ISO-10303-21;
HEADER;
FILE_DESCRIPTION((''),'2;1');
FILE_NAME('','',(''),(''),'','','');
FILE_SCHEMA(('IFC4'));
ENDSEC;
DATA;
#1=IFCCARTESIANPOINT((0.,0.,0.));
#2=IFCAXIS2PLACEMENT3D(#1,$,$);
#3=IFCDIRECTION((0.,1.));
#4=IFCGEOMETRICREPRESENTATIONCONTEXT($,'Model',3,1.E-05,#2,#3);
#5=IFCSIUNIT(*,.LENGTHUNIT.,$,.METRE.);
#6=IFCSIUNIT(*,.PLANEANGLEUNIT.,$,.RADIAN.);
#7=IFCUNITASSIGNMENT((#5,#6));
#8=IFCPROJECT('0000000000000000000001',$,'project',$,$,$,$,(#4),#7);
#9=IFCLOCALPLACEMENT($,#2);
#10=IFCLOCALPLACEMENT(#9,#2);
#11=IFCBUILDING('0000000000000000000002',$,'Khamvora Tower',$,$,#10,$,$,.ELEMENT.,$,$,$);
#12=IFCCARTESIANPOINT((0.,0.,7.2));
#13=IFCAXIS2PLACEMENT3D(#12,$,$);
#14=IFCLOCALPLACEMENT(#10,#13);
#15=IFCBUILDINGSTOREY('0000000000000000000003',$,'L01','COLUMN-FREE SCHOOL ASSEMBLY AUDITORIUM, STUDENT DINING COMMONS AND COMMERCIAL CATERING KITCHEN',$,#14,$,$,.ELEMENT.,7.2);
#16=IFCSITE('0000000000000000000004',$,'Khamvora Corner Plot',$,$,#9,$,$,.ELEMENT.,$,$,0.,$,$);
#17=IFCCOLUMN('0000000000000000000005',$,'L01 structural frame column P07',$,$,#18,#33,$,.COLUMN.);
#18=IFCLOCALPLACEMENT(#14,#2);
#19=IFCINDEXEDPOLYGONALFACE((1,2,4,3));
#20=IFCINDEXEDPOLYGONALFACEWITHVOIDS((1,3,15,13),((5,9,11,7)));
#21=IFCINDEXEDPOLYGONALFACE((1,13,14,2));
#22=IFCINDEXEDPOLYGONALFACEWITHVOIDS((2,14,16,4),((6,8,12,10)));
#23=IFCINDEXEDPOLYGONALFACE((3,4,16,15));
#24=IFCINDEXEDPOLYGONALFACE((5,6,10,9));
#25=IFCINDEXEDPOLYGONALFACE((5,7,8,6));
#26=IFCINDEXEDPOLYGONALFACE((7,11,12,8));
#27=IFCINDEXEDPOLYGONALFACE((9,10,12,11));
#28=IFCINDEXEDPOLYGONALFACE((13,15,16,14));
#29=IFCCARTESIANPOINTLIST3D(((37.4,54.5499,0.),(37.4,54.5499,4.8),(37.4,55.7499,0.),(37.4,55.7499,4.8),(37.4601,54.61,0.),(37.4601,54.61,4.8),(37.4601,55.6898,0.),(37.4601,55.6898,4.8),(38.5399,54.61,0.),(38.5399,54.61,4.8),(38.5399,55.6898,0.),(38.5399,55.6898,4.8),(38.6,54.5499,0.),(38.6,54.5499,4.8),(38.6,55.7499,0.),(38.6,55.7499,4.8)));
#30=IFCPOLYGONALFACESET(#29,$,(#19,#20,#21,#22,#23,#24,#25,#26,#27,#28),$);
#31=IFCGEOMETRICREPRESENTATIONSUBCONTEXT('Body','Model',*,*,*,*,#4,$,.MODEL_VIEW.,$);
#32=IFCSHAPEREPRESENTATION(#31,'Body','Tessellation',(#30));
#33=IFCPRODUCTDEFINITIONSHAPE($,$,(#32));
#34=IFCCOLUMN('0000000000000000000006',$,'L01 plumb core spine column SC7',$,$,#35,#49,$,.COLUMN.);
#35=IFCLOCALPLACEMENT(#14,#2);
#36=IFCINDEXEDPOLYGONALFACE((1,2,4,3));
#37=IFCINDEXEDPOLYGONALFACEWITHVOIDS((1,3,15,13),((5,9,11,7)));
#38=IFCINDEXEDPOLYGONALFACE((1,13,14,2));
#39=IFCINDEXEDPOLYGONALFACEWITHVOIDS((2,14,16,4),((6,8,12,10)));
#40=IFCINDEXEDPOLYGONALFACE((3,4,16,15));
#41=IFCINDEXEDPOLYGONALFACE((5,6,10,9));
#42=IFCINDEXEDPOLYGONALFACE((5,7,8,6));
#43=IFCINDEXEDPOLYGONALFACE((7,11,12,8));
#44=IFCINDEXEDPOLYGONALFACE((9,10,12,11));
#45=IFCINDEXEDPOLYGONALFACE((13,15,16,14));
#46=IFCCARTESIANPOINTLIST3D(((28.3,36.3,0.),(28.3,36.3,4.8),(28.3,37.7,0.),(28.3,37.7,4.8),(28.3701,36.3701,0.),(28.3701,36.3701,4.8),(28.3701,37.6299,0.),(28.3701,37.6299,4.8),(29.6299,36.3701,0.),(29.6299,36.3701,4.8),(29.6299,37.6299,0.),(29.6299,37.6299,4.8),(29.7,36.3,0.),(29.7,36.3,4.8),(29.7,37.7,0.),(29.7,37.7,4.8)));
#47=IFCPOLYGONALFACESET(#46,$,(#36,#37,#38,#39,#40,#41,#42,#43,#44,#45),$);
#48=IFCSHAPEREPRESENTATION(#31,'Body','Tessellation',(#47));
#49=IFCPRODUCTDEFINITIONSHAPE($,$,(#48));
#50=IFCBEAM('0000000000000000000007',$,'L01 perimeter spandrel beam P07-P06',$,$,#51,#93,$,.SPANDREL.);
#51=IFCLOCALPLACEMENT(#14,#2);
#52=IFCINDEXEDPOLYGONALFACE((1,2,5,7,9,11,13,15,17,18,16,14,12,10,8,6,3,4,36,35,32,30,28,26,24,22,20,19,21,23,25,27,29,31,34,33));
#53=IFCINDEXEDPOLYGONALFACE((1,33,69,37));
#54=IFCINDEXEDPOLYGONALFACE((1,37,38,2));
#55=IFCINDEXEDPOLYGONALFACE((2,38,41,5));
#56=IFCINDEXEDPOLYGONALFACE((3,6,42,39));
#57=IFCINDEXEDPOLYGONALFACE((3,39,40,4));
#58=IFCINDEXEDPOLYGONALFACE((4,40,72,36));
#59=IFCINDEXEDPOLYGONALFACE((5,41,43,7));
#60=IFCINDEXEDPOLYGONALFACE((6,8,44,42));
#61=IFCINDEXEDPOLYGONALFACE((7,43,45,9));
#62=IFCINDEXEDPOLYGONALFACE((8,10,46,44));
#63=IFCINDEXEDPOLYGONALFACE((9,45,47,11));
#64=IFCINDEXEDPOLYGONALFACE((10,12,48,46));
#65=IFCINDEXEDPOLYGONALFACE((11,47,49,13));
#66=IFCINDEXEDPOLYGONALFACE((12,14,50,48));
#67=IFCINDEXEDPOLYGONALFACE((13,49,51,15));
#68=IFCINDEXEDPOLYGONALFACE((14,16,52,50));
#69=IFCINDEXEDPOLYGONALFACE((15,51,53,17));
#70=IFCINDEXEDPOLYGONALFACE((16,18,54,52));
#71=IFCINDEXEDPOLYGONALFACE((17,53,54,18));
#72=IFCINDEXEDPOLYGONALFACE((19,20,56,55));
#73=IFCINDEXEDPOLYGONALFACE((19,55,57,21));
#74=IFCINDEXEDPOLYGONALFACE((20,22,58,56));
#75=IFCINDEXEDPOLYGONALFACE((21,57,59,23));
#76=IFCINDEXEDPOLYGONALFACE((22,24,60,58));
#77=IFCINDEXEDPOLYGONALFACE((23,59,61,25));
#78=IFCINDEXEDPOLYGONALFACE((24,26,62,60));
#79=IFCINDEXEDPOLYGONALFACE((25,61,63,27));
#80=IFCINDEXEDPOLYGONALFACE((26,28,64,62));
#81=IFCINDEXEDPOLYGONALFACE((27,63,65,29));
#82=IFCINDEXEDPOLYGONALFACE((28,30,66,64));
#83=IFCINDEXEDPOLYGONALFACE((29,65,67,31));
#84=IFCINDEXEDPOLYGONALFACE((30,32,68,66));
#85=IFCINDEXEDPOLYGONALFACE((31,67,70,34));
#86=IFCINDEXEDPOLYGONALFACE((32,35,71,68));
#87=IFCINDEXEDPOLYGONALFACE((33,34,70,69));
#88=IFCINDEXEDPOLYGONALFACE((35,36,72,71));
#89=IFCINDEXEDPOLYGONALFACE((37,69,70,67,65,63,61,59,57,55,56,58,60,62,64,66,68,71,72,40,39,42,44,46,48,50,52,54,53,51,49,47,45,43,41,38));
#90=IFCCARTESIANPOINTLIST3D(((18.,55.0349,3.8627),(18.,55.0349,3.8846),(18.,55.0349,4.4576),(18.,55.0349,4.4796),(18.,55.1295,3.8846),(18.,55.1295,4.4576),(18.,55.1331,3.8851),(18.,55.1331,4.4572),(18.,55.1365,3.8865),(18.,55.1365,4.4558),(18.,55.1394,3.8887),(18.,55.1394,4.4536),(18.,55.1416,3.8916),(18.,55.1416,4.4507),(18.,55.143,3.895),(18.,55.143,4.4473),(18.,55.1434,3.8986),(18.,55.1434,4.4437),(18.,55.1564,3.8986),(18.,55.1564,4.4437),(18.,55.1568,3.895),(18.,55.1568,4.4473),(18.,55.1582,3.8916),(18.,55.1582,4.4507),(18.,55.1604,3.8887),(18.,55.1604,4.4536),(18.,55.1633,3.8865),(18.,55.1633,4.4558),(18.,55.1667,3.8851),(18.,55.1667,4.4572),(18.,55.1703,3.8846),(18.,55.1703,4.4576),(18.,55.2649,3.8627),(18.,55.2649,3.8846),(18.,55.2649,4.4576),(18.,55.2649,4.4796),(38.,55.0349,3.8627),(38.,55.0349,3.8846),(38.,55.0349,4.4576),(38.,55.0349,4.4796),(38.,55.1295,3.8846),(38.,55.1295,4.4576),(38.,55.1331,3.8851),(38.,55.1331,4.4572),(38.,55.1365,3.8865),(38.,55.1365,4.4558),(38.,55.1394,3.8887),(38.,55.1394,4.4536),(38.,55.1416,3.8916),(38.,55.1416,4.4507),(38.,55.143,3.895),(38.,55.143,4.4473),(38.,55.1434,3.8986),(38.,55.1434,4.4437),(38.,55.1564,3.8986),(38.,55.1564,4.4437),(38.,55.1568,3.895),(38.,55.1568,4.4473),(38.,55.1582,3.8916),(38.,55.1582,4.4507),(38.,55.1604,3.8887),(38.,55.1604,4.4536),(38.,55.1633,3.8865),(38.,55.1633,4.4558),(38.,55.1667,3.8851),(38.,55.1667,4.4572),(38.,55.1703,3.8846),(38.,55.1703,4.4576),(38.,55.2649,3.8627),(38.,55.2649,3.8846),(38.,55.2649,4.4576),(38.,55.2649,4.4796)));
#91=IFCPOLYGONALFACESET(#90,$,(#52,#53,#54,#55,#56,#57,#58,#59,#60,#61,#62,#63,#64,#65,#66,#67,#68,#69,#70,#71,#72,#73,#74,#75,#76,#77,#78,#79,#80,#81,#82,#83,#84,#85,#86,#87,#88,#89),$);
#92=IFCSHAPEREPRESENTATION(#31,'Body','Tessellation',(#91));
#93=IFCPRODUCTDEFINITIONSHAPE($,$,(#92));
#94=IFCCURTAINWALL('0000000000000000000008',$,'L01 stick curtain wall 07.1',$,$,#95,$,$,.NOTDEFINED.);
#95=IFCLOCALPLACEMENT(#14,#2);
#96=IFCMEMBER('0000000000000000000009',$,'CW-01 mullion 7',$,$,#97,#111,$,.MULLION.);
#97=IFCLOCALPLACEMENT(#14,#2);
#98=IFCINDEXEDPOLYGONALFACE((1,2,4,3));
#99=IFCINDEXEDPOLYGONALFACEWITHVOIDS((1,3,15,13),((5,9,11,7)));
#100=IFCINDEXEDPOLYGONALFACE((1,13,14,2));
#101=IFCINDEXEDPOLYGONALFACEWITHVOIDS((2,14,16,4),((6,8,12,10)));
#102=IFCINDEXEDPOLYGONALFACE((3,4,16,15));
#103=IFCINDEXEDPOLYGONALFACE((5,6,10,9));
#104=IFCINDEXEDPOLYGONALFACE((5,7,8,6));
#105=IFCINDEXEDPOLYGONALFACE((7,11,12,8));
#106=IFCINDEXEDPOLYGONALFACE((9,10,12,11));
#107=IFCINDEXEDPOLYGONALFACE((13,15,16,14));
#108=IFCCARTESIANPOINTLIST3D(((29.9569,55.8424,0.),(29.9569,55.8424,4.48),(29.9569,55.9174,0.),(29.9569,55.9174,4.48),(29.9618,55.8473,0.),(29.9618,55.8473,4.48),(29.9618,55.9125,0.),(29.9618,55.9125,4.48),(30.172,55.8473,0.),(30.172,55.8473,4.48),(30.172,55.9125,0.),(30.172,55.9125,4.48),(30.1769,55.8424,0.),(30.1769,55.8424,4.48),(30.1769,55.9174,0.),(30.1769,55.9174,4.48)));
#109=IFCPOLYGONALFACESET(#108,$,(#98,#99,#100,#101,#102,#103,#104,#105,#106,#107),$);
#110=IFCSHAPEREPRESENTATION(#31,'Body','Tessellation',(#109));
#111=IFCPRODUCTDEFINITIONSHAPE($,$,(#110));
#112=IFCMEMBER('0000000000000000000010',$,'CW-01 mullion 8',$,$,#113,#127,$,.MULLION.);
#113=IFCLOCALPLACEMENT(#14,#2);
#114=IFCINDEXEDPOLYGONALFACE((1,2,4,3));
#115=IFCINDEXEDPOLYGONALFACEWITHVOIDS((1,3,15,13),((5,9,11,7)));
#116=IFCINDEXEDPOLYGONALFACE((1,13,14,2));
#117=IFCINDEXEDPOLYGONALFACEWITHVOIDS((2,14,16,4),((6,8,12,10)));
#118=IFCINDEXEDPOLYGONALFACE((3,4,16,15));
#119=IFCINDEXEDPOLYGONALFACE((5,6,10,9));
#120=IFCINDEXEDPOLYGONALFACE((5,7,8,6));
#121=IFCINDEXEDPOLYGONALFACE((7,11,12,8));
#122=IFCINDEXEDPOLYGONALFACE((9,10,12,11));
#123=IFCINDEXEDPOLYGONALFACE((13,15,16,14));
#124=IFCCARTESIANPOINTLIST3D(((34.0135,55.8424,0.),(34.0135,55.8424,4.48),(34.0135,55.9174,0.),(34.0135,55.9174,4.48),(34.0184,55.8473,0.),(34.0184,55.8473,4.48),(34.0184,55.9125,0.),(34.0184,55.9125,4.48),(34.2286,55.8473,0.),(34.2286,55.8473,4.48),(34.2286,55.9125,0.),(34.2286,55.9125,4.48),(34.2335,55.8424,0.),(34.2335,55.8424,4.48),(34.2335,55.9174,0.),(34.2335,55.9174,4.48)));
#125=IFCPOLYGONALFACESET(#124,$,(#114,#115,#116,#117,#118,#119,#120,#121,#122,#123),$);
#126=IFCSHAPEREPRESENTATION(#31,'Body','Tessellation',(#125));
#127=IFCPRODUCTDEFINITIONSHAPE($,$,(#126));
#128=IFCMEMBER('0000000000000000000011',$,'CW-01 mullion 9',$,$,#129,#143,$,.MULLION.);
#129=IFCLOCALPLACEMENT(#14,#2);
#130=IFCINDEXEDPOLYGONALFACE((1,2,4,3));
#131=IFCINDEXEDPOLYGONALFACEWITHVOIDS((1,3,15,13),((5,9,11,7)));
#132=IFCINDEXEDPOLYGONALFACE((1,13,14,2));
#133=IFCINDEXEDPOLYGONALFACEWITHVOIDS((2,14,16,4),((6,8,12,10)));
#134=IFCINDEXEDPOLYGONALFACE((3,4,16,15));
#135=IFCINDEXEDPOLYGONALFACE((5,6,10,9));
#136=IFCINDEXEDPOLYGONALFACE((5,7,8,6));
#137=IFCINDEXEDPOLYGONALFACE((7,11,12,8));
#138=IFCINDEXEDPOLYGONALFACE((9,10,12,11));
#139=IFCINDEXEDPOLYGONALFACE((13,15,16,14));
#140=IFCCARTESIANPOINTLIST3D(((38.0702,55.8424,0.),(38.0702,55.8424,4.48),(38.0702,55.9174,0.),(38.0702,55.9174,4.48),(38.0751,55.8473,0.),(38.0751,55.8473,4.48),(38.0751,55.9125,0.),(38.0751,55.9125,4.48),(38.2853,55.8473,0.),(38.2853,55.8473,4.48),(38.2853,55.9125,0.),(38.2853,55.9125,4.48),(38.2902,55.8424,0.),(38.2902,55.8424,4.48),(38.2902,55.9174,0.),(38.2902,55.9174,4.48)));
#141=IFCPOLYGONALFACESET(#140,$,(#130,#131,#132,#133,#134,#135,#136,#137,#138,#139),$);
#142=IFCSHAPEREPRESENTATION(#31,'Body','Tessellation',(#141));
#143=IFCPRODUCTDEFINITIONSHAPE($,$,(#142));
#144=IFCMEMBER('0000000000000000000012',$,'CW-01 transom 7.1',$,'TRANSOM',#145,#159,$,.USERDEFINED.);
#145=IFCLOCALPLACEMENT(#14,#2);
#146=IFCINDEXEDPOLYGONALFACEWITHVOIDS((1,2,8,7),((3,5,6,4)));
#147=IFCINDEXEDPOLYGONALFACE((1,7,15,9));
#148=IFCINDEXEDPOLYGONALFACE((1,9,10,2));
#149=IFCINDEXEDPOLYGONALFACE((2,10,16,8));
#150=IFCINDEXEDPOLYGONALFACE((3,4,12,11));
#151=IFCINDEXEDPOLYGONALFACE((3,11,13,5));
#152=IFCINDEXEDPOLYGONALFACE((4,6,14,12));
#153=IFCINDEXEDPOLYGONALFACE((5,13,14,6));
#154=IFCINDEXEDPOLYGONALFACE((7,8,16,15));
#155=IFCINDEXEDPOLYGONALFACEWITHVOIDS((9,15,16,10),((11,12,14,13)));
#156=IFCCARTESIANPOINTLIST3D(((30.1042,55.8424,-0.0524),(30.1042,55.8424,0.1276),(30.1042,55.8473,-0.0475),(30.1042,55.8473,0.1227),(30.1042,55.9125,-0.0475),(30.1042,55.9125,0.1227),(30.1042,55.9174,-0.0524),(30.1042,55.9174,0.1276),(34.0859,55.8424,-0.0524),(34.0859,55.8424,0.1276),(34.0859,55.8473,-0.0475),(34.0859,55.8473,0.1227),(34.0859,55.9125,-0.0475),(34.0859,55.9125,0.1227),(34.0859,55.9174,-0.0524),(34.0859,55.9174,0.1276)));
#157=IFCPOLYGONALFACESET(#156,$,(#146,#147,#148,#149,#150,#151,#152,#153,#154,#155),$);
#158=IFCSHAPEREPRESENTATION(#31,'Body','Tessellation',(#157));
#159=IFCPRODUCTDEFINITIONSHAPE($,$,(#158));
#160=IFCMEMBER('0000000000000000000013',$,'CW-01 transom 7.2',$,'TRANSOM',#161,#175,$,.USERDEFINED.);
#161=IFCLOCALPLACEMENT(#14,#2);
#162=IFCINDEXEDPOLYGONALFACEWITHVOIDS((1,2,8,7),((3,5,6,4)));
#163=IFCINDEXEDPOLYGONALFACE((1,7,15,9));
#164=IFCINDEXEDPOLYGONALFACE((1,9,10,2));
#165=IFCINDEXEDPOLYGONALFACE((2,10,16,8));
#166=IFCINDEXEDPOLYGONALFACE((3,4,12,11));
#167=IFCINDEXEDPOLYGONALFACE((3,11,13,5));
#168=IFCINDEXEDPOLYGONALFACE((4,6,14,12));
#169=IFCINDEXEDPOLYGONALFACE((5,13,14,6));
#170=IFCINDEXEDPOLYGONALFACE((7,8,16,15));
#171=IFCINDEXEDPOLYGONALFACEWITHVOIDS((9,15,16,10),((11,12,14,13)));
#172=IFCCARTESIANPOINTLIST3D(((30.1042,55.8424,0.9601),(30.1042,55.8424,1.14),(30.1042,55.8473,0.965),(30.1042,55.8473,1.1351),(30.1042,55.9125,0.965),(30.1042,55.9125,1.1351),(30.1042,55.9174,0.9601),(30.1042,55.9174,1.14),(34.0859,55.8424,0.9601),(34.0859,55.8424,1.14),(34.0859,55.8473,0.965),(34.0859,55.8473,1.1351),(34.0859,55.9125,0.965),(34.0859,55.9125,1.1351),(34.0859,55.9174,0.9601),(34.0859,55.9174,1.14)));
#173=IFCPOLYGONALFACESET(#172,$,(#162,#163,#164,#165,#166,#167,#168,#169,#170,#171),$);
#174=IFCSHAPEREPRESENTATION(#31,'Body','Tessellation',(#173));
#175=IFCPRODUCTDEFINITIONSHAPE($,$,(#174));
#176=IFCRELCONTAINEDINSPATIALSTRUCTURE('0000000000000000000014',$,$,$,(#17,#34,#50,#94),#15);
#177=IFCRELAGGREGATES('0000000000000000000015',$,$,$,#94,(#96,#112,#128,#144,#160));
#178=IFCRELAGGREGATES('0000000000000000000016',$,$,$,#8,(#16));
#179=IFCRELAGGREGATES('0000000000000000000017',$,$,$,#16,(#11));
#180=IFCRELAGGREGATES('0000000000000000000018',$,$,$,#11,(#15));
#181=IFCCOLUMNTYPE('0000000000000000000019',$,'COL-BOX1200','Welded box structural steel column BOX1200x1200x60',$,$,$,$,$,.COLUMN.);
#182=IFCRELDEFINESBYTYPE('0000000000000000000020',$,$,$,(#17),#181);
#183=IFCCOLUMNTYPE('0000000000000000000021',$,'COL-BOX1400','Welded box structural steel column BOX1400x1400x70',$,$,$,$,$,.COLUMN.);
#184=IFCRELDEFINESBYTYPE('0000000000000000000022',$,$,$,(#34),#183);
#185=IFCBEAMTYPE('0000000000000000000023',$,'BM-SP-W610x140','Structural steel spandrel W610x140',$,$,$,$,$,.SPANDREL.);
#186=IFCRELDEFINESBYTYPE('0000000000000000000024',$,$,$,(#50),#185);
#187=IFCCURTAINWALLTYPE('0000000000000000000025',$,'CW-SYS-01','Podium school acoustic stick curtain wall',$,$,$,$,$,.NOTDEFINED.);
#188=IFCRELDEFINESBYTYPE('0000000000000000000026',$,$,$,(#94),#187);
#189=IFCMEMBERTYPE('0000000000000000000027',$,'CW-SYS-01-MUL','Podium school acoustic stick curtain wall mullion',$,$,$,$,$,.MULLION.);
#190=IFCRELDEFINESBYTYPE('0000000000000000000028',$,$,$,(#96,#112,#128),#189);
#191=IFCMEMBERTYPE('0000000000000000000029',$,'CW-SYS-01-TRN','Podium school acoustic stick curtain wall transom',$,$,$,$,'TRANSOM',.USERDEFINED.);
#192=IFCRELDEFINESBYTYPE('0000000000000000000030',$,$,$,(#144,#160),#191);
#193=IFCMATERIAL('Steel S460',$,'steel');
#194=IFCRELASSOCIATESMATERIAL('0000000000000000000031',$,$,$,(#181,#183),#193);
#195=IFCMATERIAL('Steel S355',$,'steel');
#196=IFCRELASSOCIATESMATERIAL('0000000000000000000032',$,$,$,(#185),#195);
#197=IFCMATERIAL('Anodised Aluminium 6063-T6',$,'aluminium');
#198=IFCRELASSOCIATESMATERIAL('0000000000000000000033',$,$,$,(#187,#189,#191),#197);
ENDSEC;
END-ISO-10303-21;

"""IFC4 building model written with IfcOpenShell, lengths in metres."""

from ifc_helpers import new_model, si_unit, direction, frame, origin, origin_2d, place, context, subcontext, project, spatial, hollow_rectangle, i_section, extrude, material, material_profile, profile_set, type_object, element, aggregate, save


model = new_model("IFC4")

# Units and contexts
model_context = context("Model", 3, precision=1e-05, world=origin(), true_north=direction((0.0, 1.0)))
body_context = subcontext(model_context, "Body", "Model", "MODEL_VIEW")
ifc_project = project(units=[si_unit("LENGTHUNIT", "METRE"), si_unit("PLANEANGLEUNIT", "RADIAN")], contexts=[model_context])

# Site, building, storey
site_placement = place(None, origin())
site = spatial("IfcSite", under=ifc_project, at=site_placement, Name="Khamvora Corner Plot", CompositionType="ELEMENT", RefElevation=0.0)
building_placement = place(site_placement, origin())
building = spatial("IfcBuilding", under=site, at=building_placement, Name="Khamvora Tower", CompositionType="ELEMENT")
storey_placement = place(building_placement, frame((0.0, 0.0, 7.2)))
storey = spatial("IfcBuildingStorey", under=building, at=storey_placement, Name="L01", Description="COLUMN-FREE SCHOOL ASSEMBLY AUDITORIUM, STUDENT DINING COMMONS AND COMMERCIAL CATERING KITCHEN", CompositionType="ELEMENT", Elevation=7.2)

# Columns
ifc_material_1 = material(Name="Steel S460", Category="steel")
ifc_material_profile_1 = material_profile(ifc_material_1, hollow_rectangle(XDim=1.2, YDim=1.2, WallThickness=0.0601, at=origin_2d()), Name="BOX1200x1200x60")
ifc_profile_set_1 = profile_set([ifc_material_profile_1], Name="Steel S460")
column_type_1 = type_object("IfcColumnType", Name="COL-BOX1200", Description="Welded box structural steel column BOX1200x1200x60", PredefinedType="COLUMN", material=ifc_profile_set_1)
column_1_placement = place(storey_placement, frame((38.0, 55.1499, 0.0), z_axis=(0.0, 0.0, 1.0), x_axis=(1.0, 0.0, 0.0)))
element("IfcColumn", 1, at=column_1_placement, inside=storey, type_object=column_type_1, Name="L01 structural frame column P07", PredefinedType="COLUMN", context=body_context, shape_type="SweptSolid", body=[
    extrude(hollow_rectangle(XDim=1.2, YDim=1.2, WallThickness=0.0601, at=origin_2d()), origin(), (0.0, 0.0, 1.0), 4.8),
])
ifc_material_profile_2 = material_profile(ifc_material_1, hollow_rectangle(XDim=1.3999, YDim=1.3999, WallThickness=0.0701, at=origin_2d()), Name="BOX1400x1400x70")
ifc_profile_set_2 = profile_set([ifc_material_profile_2], Name="Steel S460")
column_type_2 = type_object("IfcColumnType", Name="COL-BOX1400", Description="Welded box structural steel column BOX1400x1400x70", PredefinedType="COLUMN", material=ifc_profile_set_2)
column_2_placement = place(storey_placement, frame((29.0, 37.0, 0.0), z_axis=(0.0, 0.0, 1.0), x_axis=(1.0, 0.0, 0.0)))
element("IfcColumn", 2, at=column_2_placement, inside=storey, type_object=column_type_2, Name="L01 plumb core spine column SC7", PredefinedType="COLUMN", context=body_context, shape_type="SweptSolid", body=[
    extrude(hollow_rectangle(XDim=1.3999, YDim=1.3999, WallThickness=0.0701, at=origin_2d()), origin(), (0.0, 0.0, 1.0), 4.8),
])

# Beam
ifc_material_2 = material(Name="Steel S355", Category="steel")
ifc_material_profile_3 = material_profile(ifc_material_2, i_section(OverallWidth=0.23, OverallDepth=0.6169, WebThickness=0.0129, FlangeThickness=0.022, FilletRadius=0.0139, at=origin_2d()), Name="W610x140")
ifc_profile_set_3 = profile_set([ifc_material_profile_3], Name="Steel S355")
beam_type = type_object("IfcBeamType", Name="BM-SP-W610x140", Description="Structural steel spandrel W610x140", PredefinedType="SPANDREL", material=ifc_profile_set_3)
beam_placement = place(storey_placement, frame((38.0, 55.1499, 4.1711), z_axis=(-1.0, 0.0, 0.0), x_axis=(0.0, -1.0, 0.0)))
element("IfcBeam", 3, at=beam_placement, inside=storey, type_object=beam_type, Name="L01 perimeter spandrel beam P07-P06", PredefinedType="SPANDREL", context=body_context, shape_type="SweptSolid", body=[
    extrude(i_section(OverallWidth=0.23, OverallDepth=0.6169, WebThickness=0.0129, FlangeThickness=0.022, FilletRadius=0.0139, at=origin_2d()), origin(), (0.0, 0.0, 1.0), 20.0),
])

# Curtain wall, members
ifc_material_3 = material(Name="Anodised Aluminium 6063-T6", Category="aluminium")
curtain_wall_type = type_object("IfcCurtainWallType", Name="CW-SYS-01", Description="Podium school acoustic stick curtain wall", PredefinedType="NOTDEFINED", material=ifc_material_3)
curtain_wall_placement = place(storey_placement, origin())
curtain_wall = element("IfcCurtainWall", 4, at=curtain_wall_placement, inside=storey, type_object=curtain_wall_type, Name="L01 stick curtain wall 07.1", PredefinedType="NOTDEFINED")
ifc_material_profile_4 = material_profile(ifc_material_3, hollow_rectangle(XDim=0.075, YDim=0.22, WallThickness=0.0049, at=origin_2d()), Name="MUL75x220x5")
ifc_profile_set_4 = profile_set([ifc_material_profile_4], Name="Anodised Aluminium 6063-T6")
member_type_1 = type_object("IfcMemberType", Name="CW-SYS-01-MUL", Description="Podium school acoustic stick curtain wall mullion", PredefinedType="MULLION", material=ifc_profile_set_4)
member_1_placement = place(storey_placement, frame((30.0669, 55.8799, 0.0), z_axis=(0.0, 0.0, 1.0), x_axis=(0.0, 1.0, 0.0)))
member_1 = element("IfcMember", 5, at=member_1_placement, type_object=member_type_1, Name="CW-01 mullion 7", PredefinedType="MULLION", context=body_context, shape_type="SweptSolid", body=[
    extrude(hollow_rectangle(XDim=0.075, YDim=0.22, WallThickness=0.0049, at=origin_2d()), origin(), (0.0, 0.0, 1.0), 4.48),
])
member_2_placement = place(storey_placement, frame((34.1235, 55.8799, 0.0), z_axis=(0.0, 0.0, 1.0), x_axis=(0.0, 1.0, 0.0)))
member_2 = element("IfcMember", 6, at=member_2_placement, type_object=member_type_1, Name="CW-01 mullion 8", PredefinedType="MULLION", context=body_context, shape_type="SweptSolid", body=[
    extrude(hollow_rectangle(XDim=0.075, YDim=0.22, WallThickness=0.0049, at=origin_2d()), origin(), (0.0, 0.0, 1.0), 4.48),
])
member_3_placement = place(storey_placement, frame((38.1802, 55.8799, 0.0), z_axis=(0.0, 0.0, 1.0), x_axis=(0.0, 1.0, 0.0)))
member_3 = element("IfcMember", 7, at=member_3_placement, type_object=member_type_1, Name="CW-01 mullion 9", PredefinedType="MULLION", context=body_context, shape_type="SweptSolid", body=[
    extrude(hollow_rectangle(XDim=0.075, YDim=0.22, WallThickness=0.0049, at=origin_2d()), origin(), (0.0, 0.0, 1.0), 4.48),
])
ifc_material_profile_5 = material_profile(ifc_material_3, hollow_rectangle(XDim=0.075, YDim=0.1799, WallThickness=0.0049, at=origin_2d()), Name="TRN75x180x5")
ifc_profile_set_5 = profile_set([ifc_material_profile_5], Name="Anodised Aluminium 6063-T6")
member_type_2 = type_object("IfcMemberType", Name="CW-SYS-01-TRN", Description="Podium school acoustic stick curtain wall transom", ElementType="TRANSOM", PredefinedType="USERDEFINED", material=ifc_profile_set_5)
member_4_placement = place(storey_placement, frame((30.1042, 55.8799, 0.0376), z_axis=(1.0, 0.0, 0.0), x_axis=(0.0, 1.0, 0.0)))
member_4 = element("IfcMember", 8, at=member_4_placement, type_object=member_type_2, Name="CW-01 transom 7.1", ObjectType="TRANSOM", PredefinedType="USERDEFINED", context=body_context, shape_type="SweptSolid", body=[
    extrude(hollow_rectangle(XDim=0.075, YDim=0.1799, WallThickness=0.0049, at=origin_2d()), origin(), (0.0, 0.0, 1.0), 3.9817),
])
member_5_placement = place(storey_placement, frame((30.1042, 55.8799, 1.05), z_axis=(1.0, 0.0, 0.0), x_axis=(0.0, 1.0, 0.0)))
member_5 = element("IfcMember", 9, at=member_5_placement, type_object=member_type_2, Name="CW-01 transom 7.2", ObjectType="TRANSOM", PredefinedType="USERDEFINED", context=body_context, shape_type="SweptSolid", body=[
    extrude(hollow_rectangle(XDim=0.075, YDim=0.1799, WallThickness=0.0049, at=origin_2d()), origin(), (0.0, 0.0, 1.0), 3.9817),
])
aggregate(curtain_wall, [member_1, member_2, member_3, member_4, member_5])

save(model, "model.ifc")
